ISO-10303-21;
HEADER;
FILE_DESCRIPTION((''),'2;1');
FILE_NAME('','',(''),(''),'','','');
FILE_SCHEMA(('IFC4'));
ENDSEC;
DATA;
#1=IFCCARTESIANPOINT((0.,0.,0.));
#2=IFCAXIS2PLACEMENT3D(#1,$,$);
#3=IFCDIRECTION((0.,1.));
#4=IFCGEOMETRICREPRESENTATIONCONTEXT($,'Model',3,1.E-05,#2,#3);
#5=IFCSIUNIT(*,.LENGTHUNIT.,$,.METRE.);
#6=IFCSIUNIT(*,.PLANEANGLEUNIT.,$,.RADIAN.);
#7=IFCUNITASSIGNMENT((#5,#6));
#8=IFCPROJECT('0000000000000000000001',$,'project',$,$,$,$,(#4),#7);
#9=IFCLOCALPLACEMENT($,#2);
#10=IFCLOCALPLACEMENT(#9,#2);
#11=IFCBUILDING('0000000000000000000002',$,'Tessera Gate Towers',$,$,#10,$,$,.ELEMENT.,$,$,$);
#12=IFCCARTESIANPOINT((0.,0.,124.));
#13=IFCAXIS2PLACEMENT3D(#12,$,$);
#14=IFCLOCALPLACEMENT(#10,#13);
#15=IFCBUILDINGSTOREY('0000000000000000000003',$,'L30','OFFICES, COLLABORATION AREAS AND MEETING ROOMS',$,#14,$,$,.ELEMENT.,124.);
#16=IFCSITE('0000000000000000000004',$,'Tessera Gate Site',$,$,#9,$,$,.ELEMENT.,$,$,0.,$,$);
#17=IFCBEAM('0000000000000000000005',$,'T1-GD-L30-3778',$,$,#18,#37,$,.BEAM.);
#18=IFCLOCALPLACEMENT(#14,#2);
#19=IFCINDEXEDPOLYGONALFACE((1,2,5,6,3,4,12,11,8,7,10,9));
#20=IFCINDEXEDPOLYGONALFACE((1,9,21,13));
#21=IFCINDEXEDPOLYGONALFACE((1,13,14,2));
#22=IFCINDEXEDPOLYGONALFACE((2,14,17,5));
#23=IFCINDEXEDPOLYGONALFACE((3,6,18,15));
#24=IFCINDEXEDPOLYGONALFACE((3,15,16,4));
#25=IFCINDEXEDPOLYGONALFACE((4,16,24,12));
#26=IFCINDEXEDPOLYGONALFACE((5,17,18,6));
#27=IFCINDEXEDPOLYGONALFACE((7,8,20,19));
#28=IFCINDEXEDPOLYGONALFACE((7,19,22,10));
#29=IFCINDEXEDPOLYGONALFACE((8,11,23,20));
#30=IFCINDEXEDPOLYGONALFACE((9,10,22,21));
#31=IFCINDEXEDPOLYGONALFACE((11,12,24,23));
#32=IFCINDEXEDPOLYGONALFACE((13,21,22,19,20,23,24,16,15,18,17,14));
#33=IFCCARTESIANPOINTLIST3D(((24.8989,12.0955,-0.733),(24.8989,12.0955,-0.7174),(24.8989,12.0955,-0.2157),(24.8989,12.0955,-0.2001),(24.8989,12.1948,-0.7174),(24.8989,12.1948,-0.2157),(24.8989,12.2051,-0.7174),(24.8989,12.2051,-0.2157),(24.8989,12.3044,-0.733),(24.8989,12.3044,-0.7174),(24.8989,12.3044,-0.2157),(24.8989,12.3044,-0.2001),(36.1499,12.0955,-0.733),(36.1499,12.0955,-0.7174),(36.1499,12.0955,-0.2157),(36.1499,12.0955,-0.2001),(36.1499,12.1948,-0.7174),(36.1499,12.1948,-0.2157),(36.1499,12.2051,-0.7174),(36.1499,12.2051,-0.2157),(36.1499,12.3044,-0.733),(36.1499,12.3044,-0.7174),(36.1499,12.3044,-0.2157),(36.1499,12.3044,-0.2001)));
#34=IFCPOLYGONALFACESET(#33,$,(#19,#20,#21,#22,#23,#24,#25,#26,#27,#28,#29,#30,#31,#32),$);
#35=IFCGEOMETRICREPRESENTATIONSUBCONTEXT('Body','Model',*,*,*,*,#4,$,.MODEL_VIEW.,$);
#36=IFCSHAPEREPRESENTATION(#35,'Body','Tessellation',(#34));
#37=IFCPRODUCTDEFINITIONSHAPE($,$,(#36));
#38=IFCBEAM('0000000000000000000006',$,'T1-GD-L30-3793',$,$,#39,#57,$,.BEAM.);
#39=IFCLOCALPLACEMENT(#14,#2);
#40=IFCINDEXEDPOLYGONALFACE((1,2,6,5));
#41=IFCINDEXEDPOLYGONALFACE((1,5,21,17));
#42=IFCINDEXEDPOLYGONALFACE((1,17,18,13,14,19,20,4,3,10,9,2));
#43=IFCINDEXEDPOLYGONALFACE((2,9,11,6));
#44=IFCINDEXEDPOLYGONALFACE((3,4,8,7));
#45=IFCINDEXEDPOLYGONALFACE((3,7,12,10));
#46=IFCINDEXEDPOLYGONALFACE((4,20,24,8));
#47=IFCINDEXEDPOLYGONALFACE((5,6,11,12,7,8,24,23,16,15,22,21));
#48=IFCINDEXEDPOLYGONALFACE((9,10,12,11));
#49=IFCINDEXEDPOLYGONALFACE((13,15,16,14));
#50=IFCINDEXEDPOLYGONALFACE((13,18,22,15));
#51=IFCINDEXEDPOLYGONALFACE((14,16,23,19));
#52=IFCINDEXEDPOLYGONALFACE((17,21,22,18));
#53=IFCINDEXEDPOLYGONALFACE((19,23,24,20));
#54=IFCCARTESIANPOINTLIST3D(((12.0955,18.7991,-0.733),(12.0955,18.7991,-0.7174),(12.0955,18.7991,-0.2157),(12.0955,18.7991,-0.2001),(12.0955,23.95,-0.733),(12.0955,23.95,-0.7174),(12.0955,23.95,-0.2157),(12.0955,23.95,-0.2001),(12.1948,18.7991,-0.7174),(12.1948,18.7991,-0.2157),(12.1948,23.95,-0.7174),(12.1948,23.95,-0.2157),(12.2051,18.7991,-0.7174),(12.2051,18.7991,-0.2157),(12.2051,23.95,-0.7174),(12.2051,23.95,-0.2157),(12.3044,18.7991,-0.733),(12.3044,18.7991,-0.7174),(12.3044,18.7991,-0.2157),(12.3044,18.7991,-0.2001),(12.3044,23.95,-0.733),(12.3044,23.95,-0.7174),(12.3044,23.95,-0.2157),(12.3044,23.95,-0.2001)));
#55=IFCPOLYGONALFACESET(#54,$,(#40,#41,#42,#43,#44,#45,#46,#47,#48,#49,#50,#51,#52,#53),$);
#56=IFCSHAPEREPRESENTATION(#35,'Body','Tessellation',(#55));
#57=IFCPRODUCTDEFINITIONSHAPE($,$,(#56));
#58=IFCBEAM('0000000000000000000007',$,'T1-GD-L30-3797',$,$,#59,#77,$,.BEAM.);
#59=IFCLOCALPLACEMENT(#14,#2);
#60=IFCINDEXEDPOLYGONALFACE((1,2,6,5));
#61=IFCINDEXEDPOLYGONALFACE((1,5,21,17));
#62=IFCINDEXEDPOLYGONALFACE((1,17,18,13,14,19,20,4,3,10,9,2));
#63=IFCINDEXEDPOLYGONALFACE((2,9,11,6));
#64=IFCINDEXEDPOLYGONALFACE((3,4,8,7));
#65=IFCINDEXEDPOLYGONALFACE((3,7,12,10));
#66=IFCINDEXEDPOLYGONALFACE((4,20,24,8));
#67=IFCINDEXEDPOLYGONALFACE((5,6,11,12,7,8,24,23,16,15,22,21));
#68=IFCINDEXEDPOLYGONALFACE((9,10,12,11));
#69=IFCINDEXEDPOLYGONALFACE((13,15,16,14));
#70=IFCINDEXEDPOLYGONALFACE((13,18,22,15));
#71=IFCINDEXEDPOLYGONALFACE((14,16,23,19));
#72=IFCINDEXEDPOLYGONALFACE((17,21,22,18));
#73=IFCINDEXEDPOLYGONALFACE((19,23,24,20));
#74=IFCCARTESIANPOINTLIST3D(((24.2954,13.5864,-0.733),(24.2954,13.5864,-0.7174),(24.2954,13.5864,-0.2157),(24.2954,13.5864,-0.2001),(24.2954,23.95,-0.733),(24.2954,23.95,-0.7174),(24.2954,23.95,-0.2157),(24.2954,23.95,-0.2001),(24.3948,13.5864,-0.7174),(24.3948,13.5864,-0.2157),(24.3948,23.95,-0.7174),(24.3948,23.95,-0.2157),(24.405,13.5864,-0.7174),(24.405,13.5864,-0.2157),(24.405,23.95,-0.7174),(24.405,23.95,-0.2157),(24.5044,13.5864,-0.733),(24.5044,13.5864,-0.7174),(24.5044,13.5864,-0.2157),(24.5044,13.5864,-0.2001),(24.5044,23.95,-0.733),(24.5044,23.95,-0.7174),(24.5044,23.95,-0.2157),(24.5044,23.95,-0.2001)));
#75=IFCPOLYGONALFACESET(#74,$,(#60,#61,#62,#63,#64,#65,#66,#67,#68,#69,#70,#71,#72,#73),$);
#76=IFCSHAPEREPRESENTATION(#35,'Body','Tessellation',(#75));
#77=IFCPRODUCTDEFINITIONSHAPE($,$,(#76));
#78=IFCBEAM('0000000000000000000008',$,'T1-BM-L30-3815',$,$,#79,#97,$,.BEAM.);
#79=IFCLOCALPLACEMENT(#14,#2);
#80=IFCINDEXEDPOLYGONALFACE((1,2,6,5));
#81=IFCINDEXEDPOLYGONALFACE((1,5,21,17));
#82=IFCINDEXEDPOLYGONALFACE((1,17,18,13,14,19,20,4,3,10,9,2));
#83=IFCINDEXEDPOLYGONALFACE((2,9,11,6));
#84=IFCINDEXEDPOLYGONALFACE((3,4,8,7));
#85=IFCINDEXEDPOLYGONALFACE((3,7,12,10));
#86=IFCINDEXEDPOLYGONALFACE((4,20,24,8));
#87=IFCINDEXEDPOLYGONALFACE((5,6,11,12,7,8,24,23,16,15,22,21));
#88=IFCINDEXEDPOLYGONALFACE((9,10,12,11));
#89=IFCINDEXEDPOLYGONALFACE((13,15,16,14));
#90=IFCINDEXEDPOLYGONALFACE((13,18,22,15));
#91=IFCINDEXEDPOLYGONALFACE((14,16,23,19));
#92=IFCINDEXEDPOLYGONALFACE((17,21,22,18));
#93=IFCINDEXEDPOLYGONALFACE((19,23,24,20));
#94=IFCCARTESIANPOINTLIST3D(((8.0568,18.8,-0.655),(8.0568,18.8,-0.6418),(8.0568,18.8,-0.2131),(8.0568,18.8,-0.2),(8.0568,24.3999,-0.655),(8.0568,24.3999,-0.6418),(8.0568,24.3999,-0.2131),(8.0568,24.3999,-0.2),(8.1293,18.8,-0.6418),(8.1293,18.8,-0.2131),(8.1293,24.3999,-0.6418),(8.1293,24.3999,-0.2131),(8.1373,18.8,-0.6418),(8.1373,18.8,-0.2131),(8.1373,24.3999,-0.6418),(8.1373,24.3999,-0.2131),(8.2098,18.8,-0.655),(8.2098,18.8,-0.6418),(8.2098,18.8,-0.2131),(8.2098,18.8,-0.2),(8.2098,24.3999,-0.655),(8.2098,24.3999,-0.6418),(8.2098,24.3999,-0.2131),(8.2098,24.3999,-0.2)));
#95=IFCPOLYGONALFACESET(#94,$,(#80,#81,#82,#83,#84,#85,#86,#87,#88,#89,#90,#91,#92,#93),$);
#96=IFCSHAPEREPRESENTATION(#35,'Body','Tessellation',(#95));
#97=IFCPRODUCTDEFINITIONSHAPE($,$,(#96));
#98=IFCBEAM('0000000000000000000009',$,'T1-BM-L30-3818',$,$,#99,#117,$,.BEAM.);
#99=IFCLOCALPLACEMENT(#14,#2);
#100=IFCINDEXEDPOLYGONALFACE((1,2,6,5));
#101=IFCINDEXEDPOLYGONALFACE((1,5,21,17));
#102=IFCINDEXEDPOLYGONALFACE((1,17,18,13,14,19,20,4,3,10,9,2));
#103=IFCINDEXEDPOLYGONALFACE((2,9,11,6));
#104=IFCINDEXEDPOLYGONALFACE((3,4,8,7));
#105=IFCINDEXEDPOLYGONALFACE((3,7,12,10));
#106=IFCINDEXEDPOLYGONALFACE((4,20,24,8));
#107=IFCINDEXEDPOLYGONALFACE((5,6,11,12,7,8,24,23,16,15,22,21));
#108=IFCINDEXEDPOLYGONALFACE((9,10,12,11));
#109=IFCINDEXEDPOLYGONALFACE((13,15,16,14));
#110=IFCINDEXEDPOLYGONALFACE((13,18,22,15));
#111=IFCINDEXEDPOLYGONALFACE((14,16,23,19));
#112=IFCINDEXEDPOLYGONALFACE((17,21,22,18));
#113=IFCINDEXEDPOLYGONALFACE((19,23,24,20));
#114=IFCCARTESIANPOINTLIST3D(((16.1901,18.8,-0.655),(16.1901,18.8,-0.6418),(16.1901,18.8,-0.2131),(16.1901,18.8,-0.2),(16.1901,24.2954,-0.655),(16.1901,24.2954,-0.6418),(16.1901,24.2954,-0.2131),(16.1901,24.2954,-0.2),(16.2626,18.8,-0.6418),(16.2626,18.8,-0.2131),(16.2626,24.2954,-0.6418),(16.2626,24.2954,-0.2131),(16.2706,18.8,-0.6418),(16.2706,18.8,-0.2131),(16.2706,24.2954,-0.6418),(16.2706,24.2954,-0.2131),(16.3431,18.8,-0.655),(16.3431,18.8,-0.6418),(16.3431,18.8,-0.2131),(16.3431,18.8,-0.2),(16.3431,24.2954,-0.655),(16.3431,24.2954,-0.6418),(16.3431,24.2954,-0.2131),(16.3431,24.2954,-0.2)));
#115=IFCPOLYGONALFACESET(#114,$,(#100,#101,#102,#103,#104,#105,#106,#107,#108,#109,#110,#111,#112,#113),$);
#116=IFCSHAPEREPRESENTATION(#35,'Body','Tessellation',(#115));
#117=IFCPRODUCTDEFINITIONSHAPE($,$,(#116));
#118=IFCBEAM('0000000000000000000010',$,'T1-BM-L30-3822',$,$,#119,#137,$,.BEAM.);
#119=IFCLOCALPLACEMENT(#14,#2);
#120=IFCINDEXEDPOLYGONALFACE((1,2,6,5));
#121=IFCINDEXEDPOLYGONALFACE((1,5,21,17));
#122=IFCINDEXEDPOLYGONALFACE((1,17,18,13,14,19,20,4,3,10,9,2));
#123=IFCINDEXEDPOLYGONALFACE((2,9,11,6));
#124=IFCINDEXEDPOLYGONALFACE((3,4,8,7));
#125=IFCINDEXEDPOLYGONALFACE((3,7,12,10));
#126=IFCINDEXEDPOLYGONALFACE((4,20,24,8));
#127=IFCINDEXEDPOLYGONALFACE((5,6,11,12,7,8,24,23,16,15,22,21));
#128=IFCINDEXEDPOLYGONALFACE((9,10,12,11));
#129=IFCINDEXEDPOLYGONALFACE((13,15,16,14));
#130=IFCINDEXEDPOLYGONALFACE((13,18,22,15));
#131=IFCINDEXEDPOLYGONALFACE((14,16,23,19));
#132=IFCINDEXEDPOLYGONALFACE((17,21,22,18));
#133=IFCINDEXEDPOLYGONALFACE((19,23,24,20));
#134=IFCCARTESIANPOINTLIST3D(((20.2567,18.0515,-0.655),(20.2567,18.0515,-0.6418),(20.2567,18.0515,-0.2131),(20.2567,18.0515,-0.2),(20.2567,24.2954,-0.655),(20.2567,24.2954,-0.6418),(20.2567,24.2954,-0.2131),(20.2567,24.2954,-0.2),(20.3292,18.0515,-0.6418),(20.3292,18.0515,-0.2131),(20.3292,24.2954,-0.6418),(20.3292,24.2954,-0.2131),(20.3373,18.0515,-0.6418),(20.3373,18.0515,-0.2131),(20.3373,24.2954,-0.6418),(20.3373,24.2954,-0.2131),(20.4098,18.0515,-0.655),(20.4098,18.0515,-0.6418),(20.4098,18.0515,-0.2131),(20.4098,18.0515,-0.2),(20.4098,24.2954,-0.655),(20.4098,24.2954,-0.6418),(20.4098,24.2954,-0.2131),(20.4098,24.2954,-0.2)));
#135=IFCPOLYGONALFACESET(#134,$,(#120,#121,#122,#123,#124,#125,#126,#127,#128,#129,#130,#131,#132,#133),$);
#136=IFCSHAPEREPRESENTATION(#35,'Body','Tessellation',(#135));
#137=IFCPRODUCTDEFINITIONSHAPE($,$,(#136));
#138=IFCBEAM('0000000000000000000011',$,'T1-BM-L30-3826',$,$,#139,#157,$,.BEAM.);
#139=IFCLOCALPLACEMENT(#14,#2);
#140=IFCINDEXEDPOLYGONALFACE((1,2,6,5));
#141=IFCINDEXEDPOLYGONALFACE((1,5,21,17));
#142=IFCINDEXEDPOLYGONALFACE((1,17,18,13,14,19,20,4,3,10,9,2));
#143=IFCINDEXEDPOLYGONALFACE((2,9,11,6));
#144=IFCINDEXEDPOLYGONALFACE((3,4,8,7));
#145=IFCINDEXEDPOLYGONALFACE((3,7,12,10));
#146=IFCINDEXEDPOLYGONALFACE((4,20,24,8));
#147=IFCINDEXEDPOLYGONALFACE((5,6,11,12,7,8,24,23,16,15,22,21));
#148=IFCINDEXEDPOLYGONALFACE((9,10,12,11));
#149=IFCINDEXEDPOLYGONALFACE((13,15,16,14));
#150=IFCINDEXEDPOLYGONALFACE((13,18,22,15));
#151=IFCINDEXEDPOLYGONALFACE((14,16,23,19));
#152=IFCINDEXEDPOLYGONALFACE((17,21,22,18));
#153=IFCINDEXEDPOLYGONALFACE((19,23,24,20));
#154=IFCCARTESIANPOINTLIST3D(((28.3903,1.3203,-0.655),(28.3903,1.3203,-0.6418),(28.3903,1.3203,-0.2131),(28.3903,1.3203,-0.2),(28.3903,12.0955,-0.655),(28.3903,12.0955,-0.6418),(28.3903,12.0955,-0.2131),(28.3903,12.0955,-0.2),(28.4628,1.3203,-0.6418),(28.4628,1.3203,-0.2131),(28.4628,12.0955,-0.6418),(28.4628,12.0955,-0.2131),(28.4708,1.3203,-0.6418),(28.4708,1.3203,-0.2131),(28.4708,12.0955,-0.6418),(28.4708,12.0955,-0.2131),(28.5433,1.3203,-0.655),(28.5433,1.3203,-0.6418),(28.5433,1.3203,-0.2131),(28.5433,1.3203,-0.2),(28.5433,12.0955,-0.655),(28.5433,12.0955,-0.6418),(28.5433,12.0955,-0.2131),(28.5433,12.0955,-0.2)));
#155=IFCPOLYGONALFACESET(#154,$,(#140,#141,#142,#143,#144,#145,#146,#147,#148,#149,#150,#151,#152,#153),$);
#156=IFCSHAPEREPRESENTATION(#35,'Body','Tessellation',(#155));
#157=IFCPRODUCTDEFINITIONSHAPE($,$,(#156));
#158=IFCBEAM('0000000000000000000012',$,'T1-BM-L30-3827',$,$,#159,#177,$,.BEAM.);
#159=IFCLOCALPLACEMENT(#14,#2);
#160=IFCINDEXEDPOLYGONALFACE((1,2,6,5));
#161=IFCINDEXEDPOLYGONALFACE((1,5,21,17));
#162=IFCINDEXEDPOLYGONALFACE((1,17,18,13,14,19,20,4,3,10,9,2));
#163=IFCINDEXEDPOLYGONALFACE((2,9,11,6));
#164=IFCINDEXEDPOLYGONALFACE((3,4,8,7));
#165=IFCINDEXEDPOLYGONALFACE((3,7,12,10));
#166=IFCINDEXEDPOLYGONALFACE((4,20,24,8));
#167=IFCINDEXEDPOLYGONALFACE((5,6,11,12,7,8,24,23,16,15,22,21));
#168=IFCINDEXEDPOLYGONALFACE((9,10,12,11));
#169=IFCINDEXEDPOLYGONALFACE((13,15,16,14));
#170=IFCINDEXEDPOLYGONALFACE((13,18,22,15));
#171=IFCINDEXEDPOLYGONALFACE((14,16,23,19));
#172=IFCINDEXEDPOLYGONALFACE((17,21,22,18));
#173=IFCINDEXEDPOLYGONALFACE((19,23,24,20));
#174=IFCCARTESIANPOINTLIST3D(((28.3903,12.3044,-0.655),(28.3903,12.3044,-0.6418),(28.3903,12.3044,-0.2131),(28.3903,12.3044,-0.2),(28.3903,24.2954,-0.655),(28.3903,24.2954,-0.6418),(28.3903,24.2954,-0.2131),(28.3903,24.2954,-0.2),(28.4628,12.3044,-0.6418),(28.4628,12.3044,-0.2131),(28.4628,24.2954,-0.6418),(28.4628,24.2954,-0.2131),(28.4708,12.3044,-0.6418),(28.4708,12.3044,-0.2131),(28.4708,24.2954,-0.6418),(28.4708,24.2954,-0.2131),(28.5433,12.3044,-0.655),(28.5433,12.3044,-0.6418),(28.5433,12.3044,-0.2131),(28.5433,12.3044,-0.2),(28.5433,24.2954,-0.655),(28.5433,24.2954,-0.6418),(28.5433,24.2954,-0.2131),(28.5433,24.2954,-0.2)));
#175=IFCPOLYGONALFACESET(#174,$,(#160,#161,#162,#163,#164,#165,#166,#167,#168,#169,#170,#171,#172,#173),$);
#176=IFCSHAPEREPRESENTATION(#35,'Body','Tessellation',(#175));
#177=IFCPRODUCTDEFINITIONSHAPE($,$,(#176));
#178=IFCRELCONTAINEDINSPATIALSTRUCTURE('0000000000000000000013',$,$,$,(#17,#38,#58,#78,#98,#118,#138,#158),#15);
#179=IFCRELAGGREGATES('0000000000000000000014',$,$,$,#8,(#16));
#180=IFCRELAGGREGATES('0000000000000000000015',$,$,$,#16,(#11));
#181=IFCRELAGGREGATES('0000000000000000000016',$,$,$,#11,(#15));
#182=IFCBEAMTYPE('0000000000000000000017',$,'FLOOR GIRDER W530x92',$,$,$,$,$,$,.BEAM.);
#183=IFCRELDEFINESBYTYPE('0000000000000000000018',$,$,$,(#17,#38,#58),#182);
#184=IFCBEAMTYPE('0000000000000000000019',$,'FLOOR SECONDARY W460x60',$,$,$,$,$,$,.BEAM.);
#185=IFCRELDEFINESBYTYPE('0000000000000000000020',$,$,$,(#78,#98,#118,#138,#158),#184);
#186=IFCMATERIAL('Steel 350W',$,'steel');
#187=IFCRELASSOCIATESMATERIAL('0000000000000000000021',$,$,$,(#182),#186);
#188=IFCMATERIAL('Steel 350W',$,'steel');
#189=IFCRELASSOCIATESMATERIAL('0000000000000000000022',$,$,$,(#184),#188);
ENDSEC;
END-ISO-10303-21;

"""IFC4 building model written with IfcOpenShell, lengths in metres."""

from ifc_helpers import new_model, si_unit, direction, frame, origin, origin_2d, place, context, subcontext, project, spatial, i_section, extrude, material, material_profile, profile_set, type_object, element, save


model = new_model("IFC4")

# Units and contexts
model_context = context("Model", 3, precision=1e-05, world=origin(), true_north=direction((0.0, 1.0)))
body_context = subcontext(model_context, "Body", "Model", "MODEL_VIEW")
ifc_project = project(units=[si_unit("LENGTHUNIT", "METRE"), si_unit("PLANEANGLEUNIT", "RADIAN")], contexts=[model_context])

# Site, building, storey
site_placement = place(None, origin())
site = spatial("IfcSite", under=ifc_project, at=site_placement, Name="Tessera Gate Site", CompositionType="ELEMENT", RefElevation=0.0)
building_placement = place(site_placement, origin())
building = spatial("IfcBuilding", under=site, at=building_placement, Name="Tessera Gate Towers", CompositionType="ELEMENT")
storey_placement = place(building_placement, frame((0.0, 0.0, 124.0)))
storey = spatial("IfcBuildingStorey", under=building, at=storey_placement, Name="L30", Description="OFFICES, COLLABORATION AREAS AND MEETING ROOMS", CompositionType="ELEMENT", Elevation=124.0)

# Beams
ifc_material_1 = material(Name="Steel 350W", Category="steel")
ifc_material_profile_1 = material_profile(ifc_material_1, i_section(OverallWidth=0.209, OverallDepth=0.533, WebThickness=0.0103, FlangeThickness=0.0156, at=origin_2d()), Name="W530x92")
ifc_profile_set_1 = profile_set([ifc_material_profile_1], Name="Steel 350W")
beam_type_1 = type_object("IfcBeamType", Name="FLOOR GIRDER W530x92", PredefinedType="BEAM", material=ifc_profile_set_1)
beam_1_placement = place(storey_placement, frame((24.8989, 12.2, -0.4666), z_axis=(1.0, 0.0, 0.0), x_axis=(0.0, 1.0, 0.0)))
element("IfcBeam", 1, at=beam_1_placement, inside=storey, type_object=beam_type_1, Name="T1-GD-L30-3778", PredefinedType="BEAM", context=body_context, shape_type="SweptSolid", body=[
    extrude(i_section(OverallWidth=0.209, OverallDepth=0.533, WebThickness=0.0103, FlangeThickness=0.0156, at=origin_2d()), origin(), (0.0, 0.0, 1.0), 11.251),
])
beam_2_placement = place(storey_placement, frame((12.2, 18.7991, -0.4666), z_axis=(0.0, 1.0, 0.0), x_axis=(-1.0, 0.0, 0.0)))
element("IfcBeam", 2, at=beam_2_placement, inside=storey, type_object=beam_type_1, Name="T1-GD-L30-3793", PredefinedType="BEAM", context=body_context, shape_type="SweptSolid", body=[
    extrude(i_section(OverallWidth=0.209, OverallDepth=0.533, WebThickness=0.0103, FlangeThickness=0.0156, at=origin_2d()), origin(), (0.0, 0.0, 1.0), 5.1509),
])
beam_3_placement = place(storey_placement, frame((24.3999, 13.5864, -0.4666), z_axis=(0.0, 1.0, 0.0), x_axis=(-1.0, 0.0, 0.0)))
element("IfcBeam", 3, at=beam_3_placement, inside=storey, type_object=beam_type_1, Name="T1-GD-L30-3797", PredefinedType="BEAM", context=body_context, shape_type="SweptSolid", body=[
    extrude(i_section(OverallWidth=0.209, OverallDepth=0.533, WebThickness=0.0103, FlangeThickness=0.0156, at=origin_2d()), origin(), (0.0, 0.0, 1.0), 10.3635),
])
ifc_material_2 = material(Name="Steel 350W", Category="steel")
ifc_material_profile_2 = material_profile(ifc_material_2, i_section(OverallWidth=0.1531, OverallDepth=0.4551, WebThickness=0.0081, FlangeThickness=0.0132, at=origin_2d()), Name="W460x60")
ifc_profile_set_2 = profile_set([ifc_material_profile_2], Name="Steel 350W")
beam_type_2 = type_object("IfcBeamType", Name="FLOOR SECONDARY W460x60", PredefinedType="BEAM", material=ifc_profile_set_2)
beam_4_placement = place(storey_placement, frame((8.1333, 18.8, -0.4275), z_axis=(0.0, 1.0, 0.0), x_axis=(-1.0, 0.0, 0.0)))
element("IfcBeam", 4, at=beam_4_placement, inside=storey, type_object=beam_type_2, Name="T1-BM-L30-3815", PredefinedType="BEAM", context=body_context, shape_type="SweptSolid", body=[
    extrude(i_section(OverallWidth=0.1531, OverallDepth=0.4551, WebThickness=0.0081, FlangeThickness=0.0132, at=origin_2d()), origin(), (0.0, 0.0, 1.0), 5.5999),
])
beam_5_placement = place(storey_placement, frame((16.2666, 18.8, -0.4275), z_axis=(0.0, 1.0, 0.0), x_axis=(-1.0, 0.0, 0.0)))
element("IfcBeam", 5, at=beam_5_placement, inside=storey, type_object=beam_type_2, Name="T1-BM-L30-3818", PredefinedType="BEAM", context=body_context, shape_type="SweptSolid", body=[
    extrude(i_section(OverallWidth=0.1531, OverallDepth=0.4551, WebThickness=0.0081, FlangeThickness=0.0132, at=origin_2d()), origin(), (0.0, 0.0, 1.0), 5.4954),
])
beam_6_placement = place(storey_placement, frame((20.3333, 18.0515, -0.4275), z_axis=(0.0, 1.0, 0.0), x_axis=(-1.0, 0.0, 0.0)))
element("IfcBeam", 6, at=beam_6_placement, inside=storey, type_object=beam_type_2, Name="T1-BM-L30-3822", PredefinedType="BEAM", context=body_context, shape_type="SweptSolid", body=[
    extrude(i_section(OverallWidth=0.1531, OverallDepth=0.4551, WebThickness=0.0081, FlangeThickness=0.0132, at=origin_2d()), origin(), (0.0, 0.0, 1.0), 6.2439),
])
beam_7_placement = place(storey_placement, frame((28.4668, 1.3203, -0.4275), z_axis=(0.0, 1.0, 0.0), x_axis=(-1.0, 0.0, 0.0)))
element("IfcBeam", 7, at=beam_7_placement, inside=storey, type_object=beam_type_2, Name="T1-BM-L30-3826", PredefinedType="BEAM", context=body_context, shape_type="SweptSolid", body=[
    extrude(i_section(OverallWidth=0.1531, OverallDepth=0.4551, WebThickness=0.0081, FlangeThickness=0.0132, at=origin_2d()), origin(), (0.0, 0.0, 1.0), 10.7751),
])
beam_8_placement = place(storey_placement, frame((28.4668, 12.3044, -0.4275), z_axis=(0.0, 1.0, 0.0), x_axis=(-1.0, 0.0, 0.0)))
element("IfcBeam", 8, at=beam_8_placement, inside=storey, type_object=beam_type_2, Name="T1-BM-L30-3827", PredefinedType="BEAM", context=body_context, shape_type="SweptSolid", body=[
    extrude(i_section(OverallWidth=0.1531, OverallDepth=0.4551, WebThickness=0.0081, FlangeThickness=0.0132, at=origin_2d()), origin(), (0.0, 0.0, 1.0), 11.991),
])

save(model, "model.ifc")
